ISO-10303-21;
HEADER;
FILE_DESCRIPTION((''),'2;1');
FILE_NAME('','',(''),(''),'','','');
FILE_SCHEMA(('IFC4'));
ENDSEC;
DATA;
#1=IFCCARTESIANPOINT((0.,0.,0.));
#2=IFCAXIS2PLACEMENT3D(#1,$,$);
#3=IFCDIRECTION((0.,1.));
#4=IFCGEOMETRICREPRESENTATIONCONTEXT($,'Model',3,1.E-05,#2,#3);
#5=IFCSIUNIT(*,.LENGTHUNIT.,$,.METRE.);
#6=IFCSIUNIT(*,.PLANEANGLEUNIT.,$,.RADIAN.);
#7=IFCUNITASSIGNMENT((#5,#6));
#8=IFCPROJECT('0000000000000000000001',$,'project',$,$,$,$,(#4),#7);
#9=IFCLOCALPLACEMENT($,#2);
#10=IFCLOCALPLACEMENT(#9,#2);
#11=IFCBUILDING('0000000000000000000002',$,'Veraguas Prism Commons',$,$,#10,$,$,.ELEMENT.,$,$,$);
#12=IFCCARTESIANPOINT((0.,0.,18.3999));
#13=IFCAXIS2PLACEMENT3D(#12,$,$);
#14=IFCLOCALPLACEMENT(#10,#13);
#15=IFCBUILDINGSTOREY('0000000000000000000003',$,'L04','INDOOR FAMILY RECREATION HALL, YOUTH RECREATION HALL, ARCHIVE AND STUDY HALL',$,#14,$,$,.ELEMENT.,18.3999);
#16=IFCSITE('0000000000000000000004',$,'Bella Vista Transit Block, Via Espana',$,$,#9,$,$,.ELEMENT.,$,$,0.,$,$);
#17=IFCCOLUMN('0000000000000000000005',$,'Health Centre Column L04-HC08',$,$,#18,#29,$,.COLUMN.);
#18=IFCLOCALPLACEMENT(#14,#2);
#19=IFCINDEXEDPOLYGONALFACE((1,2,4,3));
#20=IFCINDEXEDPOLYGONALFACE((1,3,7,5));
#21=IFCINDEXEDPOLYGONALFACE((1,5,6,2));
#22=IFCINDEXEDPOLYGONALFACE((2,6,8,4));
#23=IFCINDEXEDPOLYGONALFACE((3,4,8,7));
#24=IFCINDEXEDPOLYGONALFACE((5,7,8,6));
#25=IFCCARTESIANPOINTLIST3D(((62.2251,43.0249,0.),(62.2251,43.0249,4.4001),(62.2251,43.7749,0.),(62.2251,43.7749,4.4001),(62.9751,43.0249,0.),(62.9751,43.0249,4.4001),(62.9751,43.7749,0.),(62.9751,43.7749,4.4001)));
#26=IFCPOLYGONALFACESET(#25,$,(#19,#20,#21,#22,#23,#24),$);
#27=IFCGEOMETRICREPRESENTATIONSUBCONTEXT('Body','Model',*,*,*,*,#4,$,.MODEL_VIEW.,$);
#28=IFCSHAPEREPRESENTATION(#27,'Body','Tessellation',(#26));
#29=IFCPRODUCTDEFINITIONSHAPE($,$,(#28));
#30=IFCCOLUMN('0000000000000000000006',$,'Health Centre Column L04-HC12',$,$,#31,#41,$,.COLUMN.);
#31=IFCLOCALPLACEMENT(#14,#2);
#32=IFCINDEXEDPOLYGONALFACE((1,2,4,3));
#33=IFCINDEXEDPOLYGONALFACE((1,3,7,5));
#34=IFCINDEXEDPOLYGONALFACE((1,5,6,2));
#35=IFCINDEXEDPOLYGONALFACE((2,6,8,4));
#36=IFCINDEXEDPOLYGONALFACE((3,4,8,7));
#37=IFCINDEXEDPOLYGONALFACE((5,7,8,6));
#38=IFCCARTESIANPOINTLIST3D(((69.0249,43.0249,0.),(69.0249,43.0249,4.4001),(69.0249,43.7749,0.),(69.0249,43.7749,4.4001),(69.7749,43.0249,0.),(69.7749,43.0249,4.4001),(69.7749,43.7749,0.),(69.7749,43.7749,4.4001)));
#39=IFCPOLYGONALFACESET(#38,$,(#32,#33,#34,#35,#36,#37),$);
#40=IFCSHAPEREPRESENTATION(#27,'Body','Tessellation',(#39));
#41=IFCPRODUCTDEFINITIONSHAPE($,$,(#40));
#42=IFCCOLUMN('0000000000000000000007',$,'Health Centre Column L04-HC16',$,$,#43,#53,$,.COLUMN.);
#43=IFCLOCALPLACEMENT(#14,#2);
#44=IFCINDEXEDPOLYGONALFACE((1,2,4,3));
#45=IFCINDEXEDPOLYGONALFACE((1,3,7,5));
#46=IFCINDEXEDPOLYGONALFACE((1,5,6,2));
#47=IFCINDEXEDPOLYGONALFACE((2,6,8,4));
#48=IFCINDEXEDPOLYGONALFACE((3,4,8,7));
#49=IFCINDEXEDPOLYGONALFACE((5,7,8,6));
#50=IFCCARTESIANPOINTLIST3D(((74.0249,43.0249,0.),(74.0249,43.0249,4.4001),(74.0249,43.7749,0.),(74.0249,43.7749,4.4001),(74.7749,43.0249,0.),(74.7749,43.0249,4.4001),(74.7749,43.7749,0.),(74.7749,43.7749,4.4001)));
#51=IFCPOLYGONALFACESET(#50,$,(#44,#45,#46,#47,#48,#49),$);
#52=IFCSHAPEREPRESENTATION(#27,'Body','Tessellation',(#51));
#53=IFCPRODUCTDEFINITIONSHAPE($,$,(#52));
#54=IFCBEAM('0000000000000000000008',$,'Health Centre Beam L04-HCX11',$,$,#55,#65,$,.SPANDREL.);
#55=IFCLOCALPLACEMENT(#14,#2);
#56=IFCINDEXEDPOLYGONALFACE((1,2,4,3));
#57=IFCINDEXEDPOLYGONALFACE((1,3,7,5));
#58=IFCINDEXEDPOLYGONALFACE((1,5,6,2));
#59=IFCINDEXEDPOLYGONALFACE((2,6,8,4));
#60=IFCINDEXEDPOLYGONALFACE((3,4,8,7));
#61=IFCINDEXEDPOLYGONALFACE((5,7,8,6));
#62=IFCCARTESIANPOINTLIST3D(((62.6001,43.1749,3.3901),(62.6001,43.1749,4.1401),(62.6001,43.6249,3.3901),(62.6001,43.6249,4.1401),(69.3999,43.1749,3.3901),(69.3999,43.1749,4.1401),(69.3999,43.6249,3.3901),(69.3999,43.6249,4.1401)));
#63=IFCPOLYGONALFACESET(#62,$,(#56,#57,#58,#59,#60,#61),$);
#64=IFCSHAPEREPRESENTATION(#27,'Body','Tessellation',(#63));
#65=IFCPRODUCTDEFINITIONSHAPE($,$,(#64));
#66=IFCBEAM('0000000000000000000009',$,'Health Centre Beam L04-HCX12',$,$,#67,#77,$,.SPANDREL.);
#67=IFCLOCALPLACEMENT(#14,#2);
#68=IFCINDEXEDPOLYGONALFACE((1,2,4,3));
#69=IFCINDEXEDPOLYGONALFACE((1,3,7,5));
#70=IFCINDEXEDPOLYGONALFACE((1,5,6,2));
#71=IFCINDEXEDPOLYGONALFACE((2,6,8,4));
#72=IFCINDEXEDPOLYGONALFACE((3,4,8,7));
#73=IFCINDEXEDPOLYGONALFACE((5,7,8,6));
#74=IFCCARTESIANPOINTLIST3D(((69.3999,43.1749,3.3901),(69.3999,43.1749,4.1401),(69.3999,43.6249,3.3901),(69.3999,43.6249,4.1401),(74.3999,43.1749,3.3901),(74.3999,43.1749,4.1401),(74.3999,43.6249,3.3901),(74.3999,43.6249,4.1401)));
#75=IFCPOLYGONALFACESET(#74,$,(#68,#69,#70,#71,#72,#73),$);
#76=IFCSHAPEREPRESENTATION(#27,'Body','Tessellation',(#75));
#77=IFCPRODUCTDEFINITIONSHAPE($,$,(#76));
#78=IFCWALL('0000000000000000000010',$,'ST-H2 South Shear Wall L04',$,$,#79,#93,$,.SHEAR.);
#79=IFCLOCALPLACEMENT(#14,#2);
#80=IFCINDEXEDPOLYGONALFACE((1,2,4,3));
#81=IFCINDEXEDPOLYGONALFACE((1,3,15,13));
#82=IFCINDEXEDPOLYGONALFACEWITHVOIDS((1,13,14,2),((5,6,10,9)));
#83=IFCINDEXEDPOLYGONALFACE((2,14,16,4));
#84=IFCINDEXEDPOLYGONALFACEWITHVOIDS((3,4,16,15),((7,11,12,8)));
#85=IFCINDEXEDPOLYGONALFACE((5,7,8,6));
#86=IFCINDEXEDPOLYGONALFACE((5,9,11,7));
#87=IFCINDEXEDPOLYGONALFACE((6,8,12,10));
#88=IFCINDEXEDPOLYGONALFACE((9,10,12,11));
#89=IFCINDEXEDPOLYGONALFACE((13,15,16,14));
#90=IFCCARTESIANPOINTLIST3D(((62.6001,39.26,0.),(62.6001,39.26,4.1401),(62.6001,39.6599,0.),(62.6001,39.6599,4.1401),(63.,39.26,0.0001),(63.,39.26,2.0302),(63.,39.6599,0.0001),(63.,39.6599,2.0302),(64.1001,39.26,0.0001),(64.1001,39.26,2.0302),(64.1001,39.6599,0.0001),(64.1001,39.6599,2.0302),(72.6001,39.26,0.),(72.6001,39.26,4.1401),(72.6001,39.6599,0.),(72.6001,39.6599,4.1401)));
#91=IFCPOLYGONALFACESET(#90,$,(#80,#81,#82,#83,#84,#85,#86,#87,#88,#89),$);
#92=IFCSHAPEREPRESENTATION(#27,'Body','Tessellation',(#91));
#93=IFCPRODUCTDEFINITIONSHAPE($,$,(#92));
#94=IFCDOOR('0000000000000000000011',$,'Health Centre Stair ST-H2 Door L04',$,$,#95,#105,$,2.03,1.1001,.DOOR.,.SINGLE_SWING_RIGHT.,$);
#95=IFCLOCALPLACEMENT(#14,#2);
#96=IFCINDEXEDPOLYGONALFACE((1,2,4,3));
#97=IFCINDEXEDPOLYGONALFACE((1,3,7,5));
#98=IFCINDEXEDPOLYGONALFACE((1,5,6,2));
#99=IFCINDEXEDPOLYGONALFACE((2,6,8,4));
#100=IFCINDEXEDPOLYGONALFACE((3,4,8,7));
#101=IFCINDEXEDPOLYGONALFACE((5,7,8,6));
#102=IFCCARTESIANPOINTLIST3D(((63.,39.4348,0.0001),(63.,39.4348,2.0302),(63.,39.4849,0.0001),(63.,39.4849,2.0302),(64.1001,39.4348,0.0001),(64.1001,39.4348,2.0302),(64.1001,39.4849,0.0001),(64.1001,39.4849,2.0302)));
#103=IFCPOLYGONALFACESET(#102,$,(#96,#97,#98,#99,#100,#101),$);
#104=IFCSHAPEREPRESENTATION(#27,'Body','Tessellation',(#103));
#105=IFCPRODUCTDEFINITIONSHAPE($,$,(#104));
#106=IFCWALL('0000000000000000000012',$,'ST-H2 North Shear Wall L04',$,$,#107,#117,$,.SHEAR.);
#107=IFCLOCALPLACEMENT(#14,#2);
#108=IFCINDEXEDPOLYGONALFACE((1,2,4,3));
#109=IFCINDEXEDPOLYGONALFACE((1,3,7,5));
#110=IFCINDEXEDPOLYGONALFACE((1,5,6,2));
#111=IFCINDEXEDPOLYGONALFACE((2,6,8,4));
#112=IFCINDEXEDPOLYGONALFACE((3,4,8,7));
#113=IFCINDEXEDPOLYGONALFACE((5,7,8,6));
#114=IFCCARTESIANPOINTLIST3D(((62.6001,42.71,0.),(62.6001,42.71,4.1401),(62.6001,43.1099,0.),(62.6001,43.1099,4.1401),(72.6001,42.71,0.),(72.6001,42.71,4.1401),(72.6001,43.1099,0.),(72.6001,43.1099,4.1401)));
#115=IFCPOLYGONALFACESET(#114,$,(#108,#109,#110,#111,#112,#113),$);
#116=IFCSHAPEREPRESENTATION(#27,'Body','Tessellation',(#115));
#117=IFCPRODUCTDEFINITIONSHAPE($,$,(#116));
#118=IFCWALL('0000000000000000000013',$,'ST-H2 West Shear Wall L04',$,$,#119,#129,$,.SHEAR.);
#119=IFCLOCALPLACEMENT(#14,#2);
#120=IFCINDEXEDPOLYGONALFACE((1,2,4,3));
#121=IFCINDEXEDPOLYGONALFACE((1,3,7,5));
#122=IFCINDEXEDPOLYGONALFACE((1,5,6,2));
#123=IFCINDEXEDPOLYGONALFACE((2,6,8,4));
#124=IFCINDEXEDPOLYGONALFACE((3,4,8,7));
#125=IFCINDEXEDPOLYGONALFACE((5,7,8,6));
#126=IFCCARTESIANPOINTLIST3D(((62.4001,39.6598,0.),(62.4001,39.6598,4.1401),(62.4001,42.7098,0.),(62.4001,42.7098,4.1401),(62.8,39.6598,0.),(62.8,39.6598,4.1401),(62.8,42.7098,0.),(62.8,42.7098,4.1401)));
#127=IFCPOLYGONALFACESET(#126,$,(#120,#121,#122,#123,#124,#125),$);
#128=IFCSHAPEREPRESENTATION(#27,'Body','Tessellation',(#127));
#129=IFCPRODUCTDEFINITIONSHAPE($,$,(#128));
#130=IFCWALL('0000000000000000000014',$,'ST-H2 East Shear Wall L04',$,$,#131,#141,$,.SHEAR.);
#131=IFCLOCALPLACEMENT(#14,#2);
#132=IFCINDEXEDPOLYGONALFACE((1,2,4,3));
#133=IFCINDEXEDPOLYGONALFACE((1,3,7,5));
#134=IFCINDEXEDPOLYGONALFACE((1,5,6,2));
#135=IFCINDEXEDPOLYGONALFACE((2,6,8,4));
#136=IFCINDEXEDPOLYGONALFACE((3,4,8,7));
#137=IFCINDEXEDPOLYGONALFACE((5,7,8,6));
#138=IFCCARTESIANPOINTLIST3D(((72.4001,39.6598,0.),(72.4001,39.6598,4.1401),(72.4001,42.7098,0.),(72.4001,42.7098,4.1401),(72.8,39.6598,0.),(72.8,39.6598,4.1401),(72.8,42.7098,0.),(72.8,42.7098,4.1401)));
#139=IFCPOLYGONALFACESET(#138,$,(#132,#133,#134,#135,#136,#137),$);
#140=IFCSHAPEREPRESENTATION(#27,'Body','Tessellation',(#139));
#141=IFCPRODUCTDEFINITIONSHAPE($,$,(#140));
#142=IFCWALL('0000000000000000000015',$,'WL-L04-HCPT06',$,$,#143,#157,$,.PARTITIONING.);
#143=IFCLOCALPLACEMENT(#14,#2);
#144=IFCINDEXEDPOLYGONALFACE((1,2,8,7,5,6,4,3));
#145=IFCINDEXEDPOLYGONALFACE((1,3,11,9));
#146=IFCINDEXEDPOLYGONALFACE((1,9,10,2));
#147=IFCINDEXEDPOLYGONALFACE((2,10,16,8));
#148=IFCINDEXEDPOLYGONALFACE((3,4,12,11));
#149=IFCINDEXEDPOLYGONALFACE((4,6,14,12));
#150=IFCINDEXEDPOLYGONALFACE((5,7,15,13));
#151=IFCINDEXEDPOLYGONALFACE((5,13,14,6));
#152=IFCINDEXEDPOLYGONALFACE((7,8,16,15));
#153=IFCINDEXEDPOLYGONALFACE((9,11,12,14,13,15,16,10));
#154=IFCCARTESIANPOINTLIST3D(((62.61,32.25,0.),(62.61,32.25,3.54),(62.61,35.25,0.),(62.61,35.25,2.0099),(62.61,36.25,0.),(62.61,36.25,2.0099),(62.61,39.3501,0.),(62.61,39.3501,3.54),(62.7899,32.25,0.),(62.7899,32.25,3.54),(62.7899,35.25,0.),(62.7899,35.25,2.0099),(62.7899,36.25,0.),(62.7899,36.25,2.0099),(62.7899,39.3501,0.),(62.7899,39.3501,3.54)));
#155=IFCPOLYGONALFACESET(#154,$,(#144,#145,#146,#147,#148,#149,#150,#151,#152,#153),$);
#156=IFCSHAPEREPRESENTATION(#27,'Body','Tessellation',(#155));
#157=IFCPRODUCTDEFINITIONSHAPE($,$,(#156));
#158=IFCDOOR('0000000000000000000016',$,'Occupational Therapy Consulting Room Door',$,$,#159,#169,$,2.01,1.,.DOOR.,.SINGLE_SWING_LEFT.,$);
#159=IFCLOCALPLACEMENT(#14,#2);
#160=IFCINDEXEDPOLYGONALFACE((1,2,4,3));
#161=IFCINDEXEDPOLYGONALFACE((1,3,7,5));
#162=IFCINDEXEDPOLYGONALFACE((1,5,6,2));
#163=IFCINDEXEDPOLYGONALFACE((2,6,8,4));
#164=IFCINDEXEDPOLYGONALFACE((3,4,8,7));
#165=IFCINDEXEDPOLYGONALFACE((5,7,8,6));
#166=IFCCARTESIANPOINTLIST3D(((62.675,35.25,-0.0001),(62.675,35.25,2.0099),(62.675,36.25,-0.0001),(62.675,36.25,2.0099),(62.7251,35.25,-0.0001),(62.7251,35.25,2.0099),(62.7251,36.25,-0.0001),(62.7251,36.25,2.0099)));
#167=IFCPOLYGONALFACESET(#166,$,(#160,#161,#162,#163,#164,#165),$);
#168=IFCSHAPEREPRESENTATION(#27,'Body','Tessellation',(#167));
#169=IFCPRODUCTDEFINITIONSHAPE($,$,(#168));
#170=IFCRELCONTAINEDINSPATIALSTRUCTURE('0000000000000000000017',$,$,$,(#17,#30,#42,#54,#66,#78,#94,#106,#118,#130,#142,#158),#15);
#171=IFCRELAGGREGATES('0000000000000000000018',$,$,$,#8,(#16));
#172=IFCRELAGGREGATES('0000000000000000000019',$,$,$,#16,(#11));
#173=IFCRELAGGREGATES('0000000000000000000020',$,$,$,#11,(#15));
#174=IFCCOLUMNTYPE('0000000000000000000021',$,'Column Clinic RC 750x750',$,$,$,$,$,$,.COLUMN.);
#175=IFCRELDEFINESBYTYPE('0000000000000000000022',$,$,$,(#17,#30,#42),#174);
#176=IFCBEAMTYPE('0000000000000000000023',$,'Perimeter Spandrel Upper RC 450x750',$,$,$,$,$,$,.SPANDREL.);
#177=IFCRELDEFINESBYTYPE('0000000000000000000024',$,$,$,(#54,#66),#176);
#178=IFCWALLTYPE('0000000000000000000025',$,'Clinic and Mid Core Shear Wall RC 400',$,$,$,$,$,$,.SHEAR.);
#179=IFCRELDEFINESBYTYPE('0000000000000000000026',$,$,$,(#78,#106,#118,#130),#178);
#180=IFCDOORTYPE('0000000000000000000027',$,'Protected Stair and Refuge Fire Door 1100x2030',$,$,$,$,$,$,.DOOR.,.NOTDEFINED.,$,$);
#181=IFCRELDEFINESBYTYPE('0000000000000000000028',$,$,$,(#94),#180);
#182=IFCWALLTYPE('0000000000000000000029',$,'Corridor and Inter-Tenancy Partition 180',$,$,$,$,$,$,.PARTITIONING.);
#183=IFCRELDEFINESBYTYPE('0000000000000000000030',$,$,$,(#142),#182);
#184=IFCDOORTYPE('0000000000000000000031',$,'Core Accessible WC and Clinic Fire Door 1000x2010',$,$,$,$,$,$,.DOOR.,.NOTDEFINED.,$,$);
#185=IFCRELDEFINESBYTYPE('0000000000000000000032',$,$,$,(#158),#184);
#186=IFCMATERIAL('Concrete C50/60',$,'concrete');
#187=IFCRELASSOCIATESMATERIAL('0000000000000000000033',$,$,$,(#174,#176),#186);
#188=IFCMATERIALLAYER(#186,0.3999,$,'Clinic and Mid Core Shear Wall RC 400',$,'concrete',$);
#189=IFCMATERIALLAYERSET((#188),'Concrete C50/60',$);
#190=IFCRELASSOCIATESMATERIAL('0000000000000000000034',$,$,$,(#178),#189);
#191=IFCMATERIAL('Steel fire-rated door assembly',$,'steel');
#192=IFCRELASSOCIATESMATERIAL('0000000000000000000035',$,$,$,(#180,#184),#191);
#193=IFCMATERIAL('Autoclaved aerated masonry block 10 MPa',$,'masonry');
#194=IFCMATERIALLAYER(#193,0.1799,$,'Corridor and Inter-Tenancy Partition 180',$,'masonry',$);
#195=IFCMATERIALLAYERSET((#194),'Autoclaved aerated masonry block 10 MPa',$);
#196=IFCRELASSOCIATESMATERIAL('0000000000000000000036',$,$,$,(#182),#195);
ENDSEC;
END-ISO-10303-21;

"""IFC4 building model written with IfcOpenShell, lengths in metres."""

from ifc_helpers import new_model, si_unit, direction, frame, frame_2d, origin, origin_2d, place, context, subcontext, project, spatial, rectangle, extrude, source, transform, mapped, material, layer, layer_set, material_profile, profile_set, type_object, element, fill, save


model = new_model("IFC4")

# Units and contexts
model_context = context("Model", 3, precision=1e-05, world=origin(), true_north=direction((0.0, 1.0)))
body_context = subcontext(model_context, "Body", "Model", "MODEL_VIEW")
ifc_project = project(units=[si_unit("LENGTHUNIT", "METRE"), si_unit("PLANEANGLEUNIT", "RADIAN")], contexts=[model_context])

# Site, building, storey
site_placement = place(None, origin())
site = spatial("IfcSite", under=ifc_project, at=site_placement, Name="Bella Vista Transit Block, Via Espana", CompositionType="ELEMENT", RefElevation=0.0)
building_placement = place(site_placement, origin())
building = spatial("IfcBuilding", under=site, at=building_placement, Name="Veraguas Prism Commons", CompositionType="ELEMENT")
storey_placement = place(building_placement, frame((0.0, 0.0, 18.3999)))
storey = spatial("IfcBuildingStorey", under=building, at=storey_placement, Name="L04", Description="INDOOR FAMILY RECREATION HALL, YOUTH RECREATION HALL, ARCHIVE AND STUDY HALL", CompositionType="ELEMENT", Elevation=18.3999)

# Columns
ifc_material_1 = material(Name="Concrete C50/60", Category="concrete")
ifc_material_profile_1 = material_profile(ifc_material_1, rectangle(XDim=0.75, YDim=0.75, at=origin_2d()), Name="RC750X750")
ifc_profile_set_1 = profile_set([ifc_material_profile_1], Name="Concrete C50/60")
column_type = type_object("IfcColumnType", Name="Column Clinic RC 750x750", PredefinedType="COLUMN", material=ifc_profile_set_1)
for number, where, z_axis, x_axis, name in (
    (1, (62.6001, 43.3999, 0.0), (0.0, 0.0, 1.0), (1.0, 0.0, 0.0), "Health Centre Column L04-HC08"),
    (2, (69.3999, 43.3999, 0.0), (0.0, 0.0, 1.0), (1.0, 0.0, 0.0), "Health Centre Column L04-HC12"),
    (3, (74.3999, 43.3999, 0.0), (0.0, 0.0, 1.0), (1.0, 0.0, 0.0), "Health Centre Column L04-HC16"),
):
    element("IfcColumn", number, at=place(storey_placement, frame(where, z_axis=z_axis, x_axis=x_axis)), inside=storey, type_object=column_type, Name=name, PredefinedType="COLUMN", context=body_context, shape_type="SweptSolid", body=[
        extrude(rectangle(XDim=0.75, YDim=0.75, at=origin_2d()), origin(), (0.0, 0.0, 1.0), 4.4001),
    ])

# Beams
ifc_material_profile_2 = material_profile(ifc_material_1, rectangle(XDim=0.45, YDim=0.75, at=origin_2d()), Name="RC450X750")
ifc_profile_set_2 = profile_set([ifc_material_profile_2], Name="Concrete C50/60")
beam_type = type_object("IfcBeamType", Name="Perimeter Spandrel Upper RC 450x750", PredefinedType="SPANDREL", material=ifc_profile_set_2)
beam_1_placement = place(storey_placement, frame((62.6001, 43.3999, 3.7651), z_axis=(1.0, 0.0, 0.0), x_axis=(0.0, 1.0, 0.0)))
element("IfcBeam", 4, at=beam_1_placement, inside=storey, type_object=beam_type, Name="Health Centre Beam L04-HCX11", PredefinedType="SPANDREL", context=body_context, shape_type="SweptSolid", body=[
    extrude(rectangle(XDim=0.45, YDim=0.75, at=origin_2d()), origin(), (0.0, 0.0, 1.0), 6.7998),
])
beam_2_placement = place(storey_placement, frame((69.3999, 43.3999, 3.7651), z_axis=(1.0, 0.0, 0.0), x_axis=(0.0, 1.0, 0.0)))
element("IfcBeam", 5, at=beam_2_placement, inside=storey, type_object=beam_type, Name="Health Centre Beam L04-HCX12", PredefinedType="SPANDREL", context=body_context, shape_type="SweptSolid", body=[
    extrude(rectangle(XDim=0.45, YDim=0.75, at=origin_2d()), origin(), (0.0, 0.0, 1.0), 5.0),
])

# Wall, opening, door
ifc_layer_1 = layer(ifc_material_1, 0.3999, Name="Clinic and Mid Core Shear Wall RC 400", Category="concrete")
ifc_layer_set_1 = layer_set([ifc_layer_1], Name="Concrete C50/60")
wall_type_1 = type_object("IfcWallType", Name="Clinic and Mid Core Shear Wall RC 400", PredefinedType="SHEAR", material=ifc_layer_set_1)
wall_1_placement = place(storey_placement, frame((62.6001, 39.46, 0.0), z_axis=(0.0, 0.0, 1.0), x_axis=(1.0, 0.0, 0.0)))
wall_1 = element("IfcWall", 6, at=wall_1_placement, inside=storey, type_object=wall_type_1, Name="ST-H2 South Shear Wall L04", PredefinedType="SHEAR", context=body_context, shape_type="SweptSolid", body=[
    extrude(rectangle(XDim=10.0, YDim=0.3999, at=frame_2d((5.0, 0.0))), origin(), (0.0, 0.0, 1.0), 4.1401),
])
opening_1_placement = place(wall_1_placement, frame((0.3999, 0.0, 0.0)))
opening_1 = element("IfcOpeningElement", 7, at=opening_1_placement, cuts=wall_1, PredefinedType="OPENING", context=body_context, shape_type="SweptSolid", body=[
    extrude(rectangle(XDim=1.1001, YDim=2.03, at=frame_2d((0.55, 1.0151))), frame((0.0, 0.21, 0.0), z_axis=(0.0, -1.0, 0.0), x_axis=(1.0, 0.0, 0.0)), (0.0, 0.0, 1.0), 0.4199),
])
ifc_material_2 = material(Name="Steel fire-rated door assembly", Category="steel")
door_type_1 = type_object("IfcDoorType", Name="Protected Stair and Refuge Fire Door 1100x2030", OperationType="NOTDEFINED", PredefinedType="DOOR", material=ifc_material_2)
shared_shape_1 = source(origin(), body_context, "Body", "SweptSolid", [
    extrude(rectangle(XDim=1.1001, YDim=2.03, at=frame_2d((0.55, 1.0151))), frame((0.0, 0.0249, 0.0), z_axis=(0.0, -1.0, 0.0), x_axis=(1.0, 0.0, 0.0)), (0.0, 0.0, 1.0), 0.05),
])
door_1_placement = place(opening_1_placement, origin())
door_1 = element("IfcDoor", 8, at=door_1_placement, inside=storey, type_object=door_type_1, Name="Health Centre Stair ST-H2 Door L04", OperationType="SINGLE_SWING_RIGHT", OverallHeight=2.03, OverallWidth=1.1001, PredefinedType="DOOR", context=body_context, shape_type="MappedRepresentation", body=[
    mapped(shared_shape_1, transform((0.0, 0.0, 0.0), scale=1.0)),
])
fill(opening_1, door_1)

# Walls
wall_2_placement = place(storey_placement, frame((62.6001, 42.9099, 0.0), z_axis=(0.0, 0.0, 1.0), x_axis=(1.0, 0.0, 0.0)))
element("IfcWall", 9, at=wall_2_placement, inside=storey, type_object=wall_type_1, Name="ST-H2 North Shear Wall L04", PredefinedType="SHEAR", context=body_context, shape_type="SweptSolid", body=[
    extrude(rectangle(XDim=10.0, YDim=0.3999, at=frame_2d((5.0, 0.0))), origin(), (0.0, 0.0, 1.0), 4.1401),
])
for number, where, z_axis, x_axis, name in (
    (10, (62.6001, 39.6599, 0.0), (0.0, 0.0, 1.0), (0.0, 1.0, 0.0), "ST-H2 West Shear Wall L04"),
    (11, (72.6001, 39.6599, 0.0), (0.0, 0.0, 1.0), (0.0, 1.0, 0.0), "ST-H2 East Shear Wall L04"),
):
    element("IfcWall", number, at=place(storey_placement, frame(where, z_axis=z_axis, x_axis=x_axis)), inside=storey, type_object=wall_type_1, Name=name, PredefinedType="SHEAR", context=body_context, shape_type="SweptSolid", body=[
        extrude(rectangle(XDim=3.05, YDim=0.3999, at=frame_2d((1.5249, 0.0))), origin(), (0.0, 0.0, 1.0), 4.1401),
    ])

# Wall, opening, door
ifc_material_3 = material(Name="Autoclaved aerated masonry block 10 MPa", Category="masonry")
ifc_layer_2 = layer(ifc_material_3, 0.1799, Name="Corridor and Inter-Tenancy Partition 180", Category="masonry")
ifc_layer_set_2 = layer_set([ifc_layer_2], Name="Autoclaved aerated masonry block 10 MPa")
wall_type_2 = type_object("IfcWallType", Name="Corridor and Inter-Tenancy Partition 180", PredefinedType="PARTITIONING", material=ifc_layer_set_2)
wall_3_placement = place(storey_placement, frame((62.7, 32.25, 0.0), z_axis=(0.0, 0.0, 1.0), x_axis=(0.0, 1.0, 0.0)))
wall_3 = element("IfcWall", 12, at=wall_3_placement, inside=storey, type_object=wall_type_2, Name="WL-L04-HCPT06", PredefinedType="PARTITIONING", context=body_context, shape_type="SweptSolid", body=[
    extrude(rectangle(XDim=7.1001, YDim=0.1799, at=frame_2d((3.55, 0.0))), origin(), (0.0, 0.0, 1.0), 3.54),
])
opening_2_placement = place(wall_3_placement, frame((3.0, 0.0, 0.0)))
opening_2 = element("IfcOpeningElement", 13, at=opening_2_placement, cuts=wall_3, PredefinedType="OPENING", context=body_context, shape_type="SweptSolid", body=[
    extrude(rectangle(XDim=1.0, YDim=2.01, at=frame_2d((0.5, 1.0049))), frame((0.0, 0.0999, 0.0), z_axis=(0.0, -1.0, 0.0), x_axis=(1.0, 0.0, 0.0)), (0.0, 0.0, 1.0), 0.2),
])
door_type_2 = type_object("IfcDoorType", Name="Core Accessible WC and Clinic Fire Door 1000x2010", OperationType="NOTDEFINED", PredefinedType="DOOR", material=ifc_material_2)
shared_shape_2 = source(origin(), body_context, "Body", "SweptSolid", [
    extrude(rectangle(XDim=1.0, YDim=2.01, at=frame_2d((0.5, 1.0049))), frame((0.0, 0.0249, 0.0), z_axis=(0.0, -1.0, 0.0), x_axis=(1.0, 0.0, 0.0)), (0.0, 0.0, 1.0), 0.05),
])
door_2_placement = place(opening_2_placement, origin())
door_2 = element("IfcDoor", 14, at=door_2_placement, inside=storey, type_object=door_type_2, Name="Occupational Therapy Consulting Room Door", OperationType="SINGLE_SWING_LEFT", OverallHeight=2.01, OverallWidth=1.0, PredefinedType="DOOR", context=body_context, shape_type="MappedRepresentation", body=[
    mapped(shared_shape_2, transform((0.0, 0.0, 0.0), scale=1.0)),
])
fill(opening_2, door_2)

save(model, "model.ifc")
